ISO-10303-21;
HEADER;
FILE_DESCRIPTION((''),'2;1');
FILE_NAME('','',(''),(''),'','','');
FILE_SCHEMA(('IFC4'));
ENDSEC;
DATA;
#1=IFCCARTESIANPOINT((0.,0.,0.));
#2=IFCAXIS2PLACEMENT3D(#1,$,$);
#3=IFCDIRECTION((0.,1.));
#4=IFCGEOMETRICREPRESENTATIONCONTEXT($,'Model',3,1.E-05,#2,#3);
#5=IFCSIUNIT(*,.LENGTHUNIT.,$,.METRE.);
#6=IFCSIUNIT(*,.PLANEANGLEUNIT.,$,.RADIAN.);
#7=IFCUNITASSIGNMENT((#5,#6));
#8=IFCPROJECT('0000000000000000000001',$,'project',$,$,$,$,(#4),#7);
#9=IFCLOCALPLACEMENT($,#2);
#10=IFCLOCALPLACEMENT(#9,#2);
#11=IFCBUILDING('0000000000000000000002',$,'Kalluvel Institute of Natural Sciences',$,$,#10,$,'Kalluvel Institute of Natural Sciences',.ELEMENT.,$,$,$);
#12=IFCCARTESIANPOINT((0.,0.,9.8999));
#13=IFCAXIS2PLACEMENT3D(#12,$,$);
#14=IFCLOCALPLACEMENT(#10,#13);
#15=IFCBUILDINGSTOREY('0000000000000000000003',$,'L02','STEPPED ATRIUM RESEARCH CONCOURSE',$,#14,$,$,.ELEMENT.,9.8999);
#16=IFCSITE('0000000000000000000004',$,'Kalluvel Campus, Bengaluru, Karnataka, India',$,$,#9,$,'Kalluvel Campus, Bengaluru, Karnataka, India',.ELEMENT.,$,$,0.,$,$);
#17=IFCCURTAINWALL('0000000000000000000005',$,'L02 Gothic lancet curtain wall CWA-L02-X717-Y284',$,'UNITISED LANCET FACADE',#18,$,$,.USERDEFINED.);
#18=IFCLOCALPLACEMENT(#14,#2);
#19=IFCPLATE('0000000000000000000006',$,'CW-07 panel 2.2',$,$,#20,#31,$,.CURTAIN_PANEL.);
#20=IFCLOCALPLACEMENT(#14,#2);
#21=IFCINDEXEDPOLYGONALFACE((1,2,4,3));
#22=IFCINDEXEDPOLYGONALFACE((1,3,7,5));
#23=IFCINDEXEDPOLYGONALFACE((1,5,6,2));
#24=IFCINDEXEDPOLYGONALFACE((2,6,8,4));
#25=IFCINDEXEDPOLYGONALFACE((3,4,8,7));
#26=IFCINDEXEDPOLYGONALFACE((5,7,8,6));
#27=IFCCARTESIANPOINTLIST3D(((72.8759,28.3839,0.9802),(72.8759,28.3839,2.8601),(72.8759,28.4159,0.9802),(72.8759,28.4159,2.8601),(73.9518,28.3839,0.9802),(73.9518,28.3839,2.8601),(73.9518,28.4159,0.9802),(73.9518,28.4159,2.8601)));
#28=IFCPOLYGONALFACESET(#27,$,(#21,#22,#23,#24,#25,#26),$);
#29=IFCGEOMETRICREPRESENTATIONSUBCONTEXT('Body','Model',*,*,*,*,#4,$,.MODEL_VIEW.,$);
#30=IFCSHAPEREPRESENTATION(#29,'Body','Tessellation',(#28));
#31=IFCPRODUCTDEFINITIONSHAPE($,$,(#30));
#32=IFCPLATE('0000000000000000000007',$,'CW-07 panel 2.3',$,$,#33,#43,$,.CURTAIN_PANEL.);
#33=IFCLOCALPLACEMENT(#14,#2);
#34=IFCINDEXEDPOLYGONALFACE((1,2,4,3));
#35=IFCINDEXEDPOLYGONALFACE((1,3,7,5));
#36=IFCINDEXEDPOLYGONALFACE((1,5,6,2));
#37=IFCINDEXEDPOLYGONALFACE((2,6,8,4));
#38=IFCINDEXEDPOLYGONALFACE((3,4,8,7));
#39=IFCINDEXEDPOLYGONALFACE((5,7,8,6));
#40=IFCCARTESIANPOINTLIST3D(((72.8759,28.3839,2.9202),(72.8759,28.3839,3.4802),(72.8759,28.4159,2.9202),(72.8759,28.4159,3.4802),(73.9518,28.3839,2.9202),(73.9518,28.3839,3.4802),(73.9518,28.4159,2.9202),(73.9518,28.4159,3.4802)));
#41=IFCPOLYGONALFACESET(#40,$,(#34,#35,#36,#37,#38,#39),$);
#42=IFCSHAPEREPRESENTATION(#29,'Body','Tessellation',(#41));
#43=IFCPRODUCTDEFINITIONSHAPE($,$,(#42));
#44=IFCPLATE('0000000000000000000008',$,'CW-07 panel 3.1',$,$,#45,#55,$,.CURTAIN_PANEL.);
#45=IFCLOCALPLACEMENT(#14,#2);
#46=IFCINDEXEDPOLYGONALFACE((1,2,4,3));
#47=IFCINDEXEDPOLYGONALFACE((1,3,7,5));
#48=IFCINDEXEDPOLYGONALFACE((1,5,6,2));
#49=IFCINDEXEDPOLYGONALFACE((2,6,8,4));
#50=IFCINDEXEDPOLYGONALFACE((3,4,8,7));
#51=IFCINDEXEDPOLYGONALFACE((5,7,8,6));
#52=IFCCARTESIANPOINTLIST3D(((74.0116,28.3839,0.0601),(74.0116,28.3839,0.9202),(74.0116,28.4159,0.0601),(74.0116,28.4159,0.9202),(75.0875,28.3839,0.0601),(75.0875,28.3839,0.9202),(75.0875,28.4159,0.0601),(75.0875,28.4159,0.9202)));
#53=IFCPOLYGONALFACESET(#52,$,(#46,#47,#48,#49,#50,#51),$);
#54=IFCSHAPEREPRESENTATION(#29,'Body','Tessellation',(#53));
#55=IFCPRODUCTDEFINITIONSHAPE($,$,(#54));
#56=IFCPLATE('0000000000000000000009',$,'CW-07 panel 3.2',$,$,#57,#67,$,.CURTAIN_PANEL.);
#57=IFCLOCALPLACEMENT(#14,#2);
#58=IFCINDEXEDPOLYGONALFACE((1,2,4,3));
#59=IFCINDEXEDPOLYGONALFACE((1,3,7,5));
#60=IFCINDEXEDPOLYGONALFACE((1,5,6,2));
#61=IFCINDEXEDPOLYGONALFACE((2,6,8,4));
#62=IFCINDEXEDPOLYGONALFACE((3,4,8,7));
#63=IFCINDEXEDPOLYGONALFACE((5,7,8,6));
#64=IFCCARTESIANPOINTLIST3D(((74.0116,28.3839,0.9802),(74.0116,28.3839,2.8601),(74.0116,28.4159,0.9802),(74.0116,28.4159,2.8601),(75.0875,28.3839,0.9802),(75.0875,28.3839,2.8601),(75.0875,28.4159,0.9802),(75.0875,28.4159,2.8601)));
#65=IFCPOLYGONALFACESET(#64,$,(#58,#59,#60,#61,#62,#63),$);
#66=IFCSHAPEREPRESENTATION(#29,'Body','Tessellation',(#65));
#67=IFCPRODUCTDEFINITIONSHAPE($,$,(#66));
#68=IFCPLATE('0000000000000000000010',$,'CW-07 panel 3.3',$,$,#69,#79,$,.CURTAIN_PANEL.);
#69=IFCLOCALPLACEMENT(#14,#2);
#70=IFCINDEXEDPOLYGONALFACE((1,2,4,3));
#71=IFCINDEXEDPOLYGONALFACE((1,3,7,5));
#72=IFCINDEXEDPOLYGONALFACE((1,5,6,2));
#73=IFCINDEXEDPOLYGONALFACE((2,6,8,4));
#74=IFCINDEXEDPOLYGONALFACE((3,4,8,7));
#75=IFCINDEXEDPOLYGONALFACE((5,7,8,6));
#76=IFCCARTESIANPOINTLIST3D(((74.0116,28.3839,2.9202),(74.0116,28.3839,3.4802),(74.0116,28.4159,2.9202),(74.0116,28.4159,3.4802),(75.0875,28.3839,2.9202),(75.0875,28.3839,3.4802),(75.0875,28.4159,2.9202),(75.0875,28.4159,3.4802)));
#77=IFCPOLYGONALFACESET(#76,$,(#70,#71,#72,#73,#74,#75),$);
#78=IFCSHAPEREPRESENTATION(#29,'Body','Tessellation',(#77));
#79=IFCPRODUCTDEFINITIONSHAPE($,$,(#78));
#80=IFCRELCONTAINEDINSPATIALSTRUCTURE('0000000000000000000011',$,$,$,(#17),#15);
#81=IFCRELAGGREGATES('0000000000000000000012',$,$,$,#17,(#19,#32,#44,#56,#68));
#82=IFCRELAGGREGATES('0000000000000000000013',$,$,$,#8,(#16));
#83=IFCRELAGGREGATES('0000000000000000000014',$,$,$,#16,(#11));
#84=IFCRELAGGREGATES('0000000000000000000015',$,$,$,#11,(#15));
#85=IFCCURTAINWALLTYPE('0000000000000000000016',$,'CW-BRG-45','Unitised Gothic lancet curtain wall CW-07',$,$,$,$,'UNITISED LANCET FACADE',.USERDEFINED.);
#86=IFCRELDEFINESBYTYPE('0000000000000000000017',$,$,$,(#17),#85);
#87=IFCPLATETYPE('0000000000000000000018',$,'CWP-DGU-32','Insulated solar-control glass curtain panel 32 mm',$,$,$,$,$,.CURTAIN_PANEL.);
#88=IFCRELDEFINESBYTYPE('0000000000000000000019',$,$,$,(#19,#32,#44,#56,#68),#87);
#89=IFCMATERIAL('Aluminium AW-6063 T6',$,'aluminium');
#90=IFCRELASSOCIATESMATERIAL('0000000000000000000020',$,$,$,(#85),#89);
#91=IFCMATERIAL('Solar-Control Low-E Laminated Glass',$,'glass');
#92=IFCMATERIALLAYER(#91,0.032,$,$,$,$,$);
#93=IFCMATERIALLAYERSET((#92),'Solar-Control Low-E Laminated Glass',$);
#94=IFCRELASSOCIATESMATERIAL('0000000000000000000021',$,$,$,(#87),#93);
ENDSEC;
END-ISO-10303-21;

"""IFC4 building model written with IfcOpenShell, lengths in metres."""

from ifc_helpers import new_model, si_unit, direction, frame, origin, origin_2d, place, context, subcontext, project, spatial, rectangle, extrude, material, layer, layer_set, type_object, element, aggregate, save


model = new_model("IFC4")

# Units and contexts
model_context = context("Model", 3, precision=1e-05, world=origin(), true_north=direction((0.0, 1.0)))
body_context = subcontext(model_context, "Body", "Model", "MODEL_VIEW")
ifc_project = project(units=[si_unit("LENGTHUNIT", "METRE"), si_unit("PLANEANGLEUNIT", "RADIAN")], contexts=[model_context])

# Site, building, storey
site_placement = place(None, origin())
site = spatial("IfcSite", under=ifc_project, at=site_placement, Name="Kalluvel Campus, Bengaluru, Karnataka, India", LongName="Kalluvel Campus, Bengaluru, Karnataka, India", CompositionType="ELEMENT", RefElevation=0.0)
building_placement = place(site_placement, origin())
building = spatial("IfcBuilding", under=site, at=building_placement, Name="Kalluvel Institute of Natural Sciences", LongName="Kalluvel Institute of Natural Sciences", CompositionType="ELEMENT")
storey_placement = place(building_placement, frame((0.0, 0.0, 9.8999)))
storey = spatial("IfcBuildingStorey", under=building, at=storey_placement, Name="L02", Description="STEPPED ATRIUM RESEARCH CONCOURSE", CompositionType="ELEMENT", Elevation=9.8999)

# Curtain wall, plates
ifc_material_1 = material(Name="Aluminium AW-6063 T6", Category="aluminium")
curtain_wall_type = type_object("IfcCurtainWallType", Name="CW-BRG-45", Description="Unitised Gothic lancet curtain wall CW-07", ElementType="UNITISED LANCET FACADE", PredefinedType="USERDEFINED", material=ifc_material_1)
curtain_wall_placement = place(storey_placement, origin())
curtain_wall = element("IfcCurtainWall", 1, at=curtain_wall_placement, inside=storey, type_object=curtain_wall_type, Name="L02 Gothic lancet curtain wall CWA-L02-X717-Y284", ObjectType="UNITISED LANCET FACADE", PredefinedType="USERDEFINED")
ifc_material_2 = material(Name="Solar-Control Low-E Laminated Glass", Category="glass")
ifc_layer = layer(ifc_material_2, 0.032)
ifc_layer_set = layer_set([ifc_layer], Name="Solar-Control Low-E Laminated Glass")
plate_type = type_object("IfcPlateType", Name="CWP-DGU-32", Description="Insulated solar-control glass curtain panel 32 mm", PredefinedType="CURTAIN_PANEL", material=ifc_layer_set)
plate_1_placement = place(storey_placement, frame((73.4138, 28.3999, 0.9802), z_axis=(0.0, 0.0, 1.0), x_axis=(1.0, 0.0, 0.0)))
plate_1 = element("IfcPlate", 2, at=plate_1_placement, type_object=plate_type, Name="CW-07 panel 2.2", PredefinedType="CURTAIN_PANEL", context=body_context, shape_type="SweptSolid", body=[
    extrude(rectangle(XDim=1.0759, YDim=0.032, at=origin_2d()), origin(), (0.0, 0.0, 1.0), 1.8799),
])
plate_2_placement = place(storey_placement, frame((73.4138, 28.3999, 2.9202), z_axis=(0.0, 0.0, 1.0), x_axis=(1.0, 0.0, 0.0)))
plate_2 = element("IfcPlate", 3, at=plate_2_placement, type_object=plate_type, Name="CW-07 panel 2.3", PredefinedType="CURTAIN_PANEL", context=body_context, shape_type="SweptSolid", body=[
    extrude(rectangle(XDim=1.0759, YDim=0.032, at=origin_2d()), origin(), (0.0, 0.0, 1.0), 0.5601),
])
plate_3_placement = place(storey_placement, frame((74.5496, 28.3999, 0.0601), z_axis=(0.0, 0.0, 1.0), x_axis=(1.0, 0.0, 0.0)))
plate_3 = element("IfcPlate", 4, at=plate_3_placement, type_object=plate_type, Name="CW-07 panel 3.1", PredefinedType="CURTAIN_PANEL", context=body_context, shape_type="SweptSolid", body=[
    extrude(rectangle(XDim=1.0759, YDim=0.032, at=origin_2d()), origin(), (0.0, 0.0, 1.0), 0.8601),
])
plate_4_placement = place(storey_placement, frame((74.5496, 28.3999, 0.9802), z_axis=(0.0, 0.0, 1.0), x_axis=(1.0, 0.0, 0.0)))
plate_4 = element("IfcPlate", 5, at=plate_4_placement, type_object=plate_type, Name="CW-07 panel 3.2", PredefinedType="CURTAIN_PANEL", context=body_context, shape_type="SweptSolid", body=[
    extrude(rectangle(XDim=1.0759, YDim=0.032, at=origin_2d()), origin(), (0.0, 0.0, 1.0), 1.8799),
])
plate_5_placement = place(storey_placement, frame((74.5496, 28.3999, 2.9202), z_axis=(0.0, 0.0, 1.0), x_axis=(1.0, 0.0, 0.0)))
plate_5 = element("IfcPlate", 6, at=plate_5_placement, type_object=plate_type, Name="CW-07 panel 3.3", PredefinedType="CURTAIN_PANEL", context=body_context, shape_type="SweptSolid", body=[
    extrude(rectangle(XDim=1.0759, YDim=0.032, at=origin_2d()), origin(), (0.0, 0.0, 1.0), 0.5601),
])
aggregate(curtain_wall, [plate_1, plate_2, plate_3, plate_4, plate_5])

save(model, "model.ifc")
